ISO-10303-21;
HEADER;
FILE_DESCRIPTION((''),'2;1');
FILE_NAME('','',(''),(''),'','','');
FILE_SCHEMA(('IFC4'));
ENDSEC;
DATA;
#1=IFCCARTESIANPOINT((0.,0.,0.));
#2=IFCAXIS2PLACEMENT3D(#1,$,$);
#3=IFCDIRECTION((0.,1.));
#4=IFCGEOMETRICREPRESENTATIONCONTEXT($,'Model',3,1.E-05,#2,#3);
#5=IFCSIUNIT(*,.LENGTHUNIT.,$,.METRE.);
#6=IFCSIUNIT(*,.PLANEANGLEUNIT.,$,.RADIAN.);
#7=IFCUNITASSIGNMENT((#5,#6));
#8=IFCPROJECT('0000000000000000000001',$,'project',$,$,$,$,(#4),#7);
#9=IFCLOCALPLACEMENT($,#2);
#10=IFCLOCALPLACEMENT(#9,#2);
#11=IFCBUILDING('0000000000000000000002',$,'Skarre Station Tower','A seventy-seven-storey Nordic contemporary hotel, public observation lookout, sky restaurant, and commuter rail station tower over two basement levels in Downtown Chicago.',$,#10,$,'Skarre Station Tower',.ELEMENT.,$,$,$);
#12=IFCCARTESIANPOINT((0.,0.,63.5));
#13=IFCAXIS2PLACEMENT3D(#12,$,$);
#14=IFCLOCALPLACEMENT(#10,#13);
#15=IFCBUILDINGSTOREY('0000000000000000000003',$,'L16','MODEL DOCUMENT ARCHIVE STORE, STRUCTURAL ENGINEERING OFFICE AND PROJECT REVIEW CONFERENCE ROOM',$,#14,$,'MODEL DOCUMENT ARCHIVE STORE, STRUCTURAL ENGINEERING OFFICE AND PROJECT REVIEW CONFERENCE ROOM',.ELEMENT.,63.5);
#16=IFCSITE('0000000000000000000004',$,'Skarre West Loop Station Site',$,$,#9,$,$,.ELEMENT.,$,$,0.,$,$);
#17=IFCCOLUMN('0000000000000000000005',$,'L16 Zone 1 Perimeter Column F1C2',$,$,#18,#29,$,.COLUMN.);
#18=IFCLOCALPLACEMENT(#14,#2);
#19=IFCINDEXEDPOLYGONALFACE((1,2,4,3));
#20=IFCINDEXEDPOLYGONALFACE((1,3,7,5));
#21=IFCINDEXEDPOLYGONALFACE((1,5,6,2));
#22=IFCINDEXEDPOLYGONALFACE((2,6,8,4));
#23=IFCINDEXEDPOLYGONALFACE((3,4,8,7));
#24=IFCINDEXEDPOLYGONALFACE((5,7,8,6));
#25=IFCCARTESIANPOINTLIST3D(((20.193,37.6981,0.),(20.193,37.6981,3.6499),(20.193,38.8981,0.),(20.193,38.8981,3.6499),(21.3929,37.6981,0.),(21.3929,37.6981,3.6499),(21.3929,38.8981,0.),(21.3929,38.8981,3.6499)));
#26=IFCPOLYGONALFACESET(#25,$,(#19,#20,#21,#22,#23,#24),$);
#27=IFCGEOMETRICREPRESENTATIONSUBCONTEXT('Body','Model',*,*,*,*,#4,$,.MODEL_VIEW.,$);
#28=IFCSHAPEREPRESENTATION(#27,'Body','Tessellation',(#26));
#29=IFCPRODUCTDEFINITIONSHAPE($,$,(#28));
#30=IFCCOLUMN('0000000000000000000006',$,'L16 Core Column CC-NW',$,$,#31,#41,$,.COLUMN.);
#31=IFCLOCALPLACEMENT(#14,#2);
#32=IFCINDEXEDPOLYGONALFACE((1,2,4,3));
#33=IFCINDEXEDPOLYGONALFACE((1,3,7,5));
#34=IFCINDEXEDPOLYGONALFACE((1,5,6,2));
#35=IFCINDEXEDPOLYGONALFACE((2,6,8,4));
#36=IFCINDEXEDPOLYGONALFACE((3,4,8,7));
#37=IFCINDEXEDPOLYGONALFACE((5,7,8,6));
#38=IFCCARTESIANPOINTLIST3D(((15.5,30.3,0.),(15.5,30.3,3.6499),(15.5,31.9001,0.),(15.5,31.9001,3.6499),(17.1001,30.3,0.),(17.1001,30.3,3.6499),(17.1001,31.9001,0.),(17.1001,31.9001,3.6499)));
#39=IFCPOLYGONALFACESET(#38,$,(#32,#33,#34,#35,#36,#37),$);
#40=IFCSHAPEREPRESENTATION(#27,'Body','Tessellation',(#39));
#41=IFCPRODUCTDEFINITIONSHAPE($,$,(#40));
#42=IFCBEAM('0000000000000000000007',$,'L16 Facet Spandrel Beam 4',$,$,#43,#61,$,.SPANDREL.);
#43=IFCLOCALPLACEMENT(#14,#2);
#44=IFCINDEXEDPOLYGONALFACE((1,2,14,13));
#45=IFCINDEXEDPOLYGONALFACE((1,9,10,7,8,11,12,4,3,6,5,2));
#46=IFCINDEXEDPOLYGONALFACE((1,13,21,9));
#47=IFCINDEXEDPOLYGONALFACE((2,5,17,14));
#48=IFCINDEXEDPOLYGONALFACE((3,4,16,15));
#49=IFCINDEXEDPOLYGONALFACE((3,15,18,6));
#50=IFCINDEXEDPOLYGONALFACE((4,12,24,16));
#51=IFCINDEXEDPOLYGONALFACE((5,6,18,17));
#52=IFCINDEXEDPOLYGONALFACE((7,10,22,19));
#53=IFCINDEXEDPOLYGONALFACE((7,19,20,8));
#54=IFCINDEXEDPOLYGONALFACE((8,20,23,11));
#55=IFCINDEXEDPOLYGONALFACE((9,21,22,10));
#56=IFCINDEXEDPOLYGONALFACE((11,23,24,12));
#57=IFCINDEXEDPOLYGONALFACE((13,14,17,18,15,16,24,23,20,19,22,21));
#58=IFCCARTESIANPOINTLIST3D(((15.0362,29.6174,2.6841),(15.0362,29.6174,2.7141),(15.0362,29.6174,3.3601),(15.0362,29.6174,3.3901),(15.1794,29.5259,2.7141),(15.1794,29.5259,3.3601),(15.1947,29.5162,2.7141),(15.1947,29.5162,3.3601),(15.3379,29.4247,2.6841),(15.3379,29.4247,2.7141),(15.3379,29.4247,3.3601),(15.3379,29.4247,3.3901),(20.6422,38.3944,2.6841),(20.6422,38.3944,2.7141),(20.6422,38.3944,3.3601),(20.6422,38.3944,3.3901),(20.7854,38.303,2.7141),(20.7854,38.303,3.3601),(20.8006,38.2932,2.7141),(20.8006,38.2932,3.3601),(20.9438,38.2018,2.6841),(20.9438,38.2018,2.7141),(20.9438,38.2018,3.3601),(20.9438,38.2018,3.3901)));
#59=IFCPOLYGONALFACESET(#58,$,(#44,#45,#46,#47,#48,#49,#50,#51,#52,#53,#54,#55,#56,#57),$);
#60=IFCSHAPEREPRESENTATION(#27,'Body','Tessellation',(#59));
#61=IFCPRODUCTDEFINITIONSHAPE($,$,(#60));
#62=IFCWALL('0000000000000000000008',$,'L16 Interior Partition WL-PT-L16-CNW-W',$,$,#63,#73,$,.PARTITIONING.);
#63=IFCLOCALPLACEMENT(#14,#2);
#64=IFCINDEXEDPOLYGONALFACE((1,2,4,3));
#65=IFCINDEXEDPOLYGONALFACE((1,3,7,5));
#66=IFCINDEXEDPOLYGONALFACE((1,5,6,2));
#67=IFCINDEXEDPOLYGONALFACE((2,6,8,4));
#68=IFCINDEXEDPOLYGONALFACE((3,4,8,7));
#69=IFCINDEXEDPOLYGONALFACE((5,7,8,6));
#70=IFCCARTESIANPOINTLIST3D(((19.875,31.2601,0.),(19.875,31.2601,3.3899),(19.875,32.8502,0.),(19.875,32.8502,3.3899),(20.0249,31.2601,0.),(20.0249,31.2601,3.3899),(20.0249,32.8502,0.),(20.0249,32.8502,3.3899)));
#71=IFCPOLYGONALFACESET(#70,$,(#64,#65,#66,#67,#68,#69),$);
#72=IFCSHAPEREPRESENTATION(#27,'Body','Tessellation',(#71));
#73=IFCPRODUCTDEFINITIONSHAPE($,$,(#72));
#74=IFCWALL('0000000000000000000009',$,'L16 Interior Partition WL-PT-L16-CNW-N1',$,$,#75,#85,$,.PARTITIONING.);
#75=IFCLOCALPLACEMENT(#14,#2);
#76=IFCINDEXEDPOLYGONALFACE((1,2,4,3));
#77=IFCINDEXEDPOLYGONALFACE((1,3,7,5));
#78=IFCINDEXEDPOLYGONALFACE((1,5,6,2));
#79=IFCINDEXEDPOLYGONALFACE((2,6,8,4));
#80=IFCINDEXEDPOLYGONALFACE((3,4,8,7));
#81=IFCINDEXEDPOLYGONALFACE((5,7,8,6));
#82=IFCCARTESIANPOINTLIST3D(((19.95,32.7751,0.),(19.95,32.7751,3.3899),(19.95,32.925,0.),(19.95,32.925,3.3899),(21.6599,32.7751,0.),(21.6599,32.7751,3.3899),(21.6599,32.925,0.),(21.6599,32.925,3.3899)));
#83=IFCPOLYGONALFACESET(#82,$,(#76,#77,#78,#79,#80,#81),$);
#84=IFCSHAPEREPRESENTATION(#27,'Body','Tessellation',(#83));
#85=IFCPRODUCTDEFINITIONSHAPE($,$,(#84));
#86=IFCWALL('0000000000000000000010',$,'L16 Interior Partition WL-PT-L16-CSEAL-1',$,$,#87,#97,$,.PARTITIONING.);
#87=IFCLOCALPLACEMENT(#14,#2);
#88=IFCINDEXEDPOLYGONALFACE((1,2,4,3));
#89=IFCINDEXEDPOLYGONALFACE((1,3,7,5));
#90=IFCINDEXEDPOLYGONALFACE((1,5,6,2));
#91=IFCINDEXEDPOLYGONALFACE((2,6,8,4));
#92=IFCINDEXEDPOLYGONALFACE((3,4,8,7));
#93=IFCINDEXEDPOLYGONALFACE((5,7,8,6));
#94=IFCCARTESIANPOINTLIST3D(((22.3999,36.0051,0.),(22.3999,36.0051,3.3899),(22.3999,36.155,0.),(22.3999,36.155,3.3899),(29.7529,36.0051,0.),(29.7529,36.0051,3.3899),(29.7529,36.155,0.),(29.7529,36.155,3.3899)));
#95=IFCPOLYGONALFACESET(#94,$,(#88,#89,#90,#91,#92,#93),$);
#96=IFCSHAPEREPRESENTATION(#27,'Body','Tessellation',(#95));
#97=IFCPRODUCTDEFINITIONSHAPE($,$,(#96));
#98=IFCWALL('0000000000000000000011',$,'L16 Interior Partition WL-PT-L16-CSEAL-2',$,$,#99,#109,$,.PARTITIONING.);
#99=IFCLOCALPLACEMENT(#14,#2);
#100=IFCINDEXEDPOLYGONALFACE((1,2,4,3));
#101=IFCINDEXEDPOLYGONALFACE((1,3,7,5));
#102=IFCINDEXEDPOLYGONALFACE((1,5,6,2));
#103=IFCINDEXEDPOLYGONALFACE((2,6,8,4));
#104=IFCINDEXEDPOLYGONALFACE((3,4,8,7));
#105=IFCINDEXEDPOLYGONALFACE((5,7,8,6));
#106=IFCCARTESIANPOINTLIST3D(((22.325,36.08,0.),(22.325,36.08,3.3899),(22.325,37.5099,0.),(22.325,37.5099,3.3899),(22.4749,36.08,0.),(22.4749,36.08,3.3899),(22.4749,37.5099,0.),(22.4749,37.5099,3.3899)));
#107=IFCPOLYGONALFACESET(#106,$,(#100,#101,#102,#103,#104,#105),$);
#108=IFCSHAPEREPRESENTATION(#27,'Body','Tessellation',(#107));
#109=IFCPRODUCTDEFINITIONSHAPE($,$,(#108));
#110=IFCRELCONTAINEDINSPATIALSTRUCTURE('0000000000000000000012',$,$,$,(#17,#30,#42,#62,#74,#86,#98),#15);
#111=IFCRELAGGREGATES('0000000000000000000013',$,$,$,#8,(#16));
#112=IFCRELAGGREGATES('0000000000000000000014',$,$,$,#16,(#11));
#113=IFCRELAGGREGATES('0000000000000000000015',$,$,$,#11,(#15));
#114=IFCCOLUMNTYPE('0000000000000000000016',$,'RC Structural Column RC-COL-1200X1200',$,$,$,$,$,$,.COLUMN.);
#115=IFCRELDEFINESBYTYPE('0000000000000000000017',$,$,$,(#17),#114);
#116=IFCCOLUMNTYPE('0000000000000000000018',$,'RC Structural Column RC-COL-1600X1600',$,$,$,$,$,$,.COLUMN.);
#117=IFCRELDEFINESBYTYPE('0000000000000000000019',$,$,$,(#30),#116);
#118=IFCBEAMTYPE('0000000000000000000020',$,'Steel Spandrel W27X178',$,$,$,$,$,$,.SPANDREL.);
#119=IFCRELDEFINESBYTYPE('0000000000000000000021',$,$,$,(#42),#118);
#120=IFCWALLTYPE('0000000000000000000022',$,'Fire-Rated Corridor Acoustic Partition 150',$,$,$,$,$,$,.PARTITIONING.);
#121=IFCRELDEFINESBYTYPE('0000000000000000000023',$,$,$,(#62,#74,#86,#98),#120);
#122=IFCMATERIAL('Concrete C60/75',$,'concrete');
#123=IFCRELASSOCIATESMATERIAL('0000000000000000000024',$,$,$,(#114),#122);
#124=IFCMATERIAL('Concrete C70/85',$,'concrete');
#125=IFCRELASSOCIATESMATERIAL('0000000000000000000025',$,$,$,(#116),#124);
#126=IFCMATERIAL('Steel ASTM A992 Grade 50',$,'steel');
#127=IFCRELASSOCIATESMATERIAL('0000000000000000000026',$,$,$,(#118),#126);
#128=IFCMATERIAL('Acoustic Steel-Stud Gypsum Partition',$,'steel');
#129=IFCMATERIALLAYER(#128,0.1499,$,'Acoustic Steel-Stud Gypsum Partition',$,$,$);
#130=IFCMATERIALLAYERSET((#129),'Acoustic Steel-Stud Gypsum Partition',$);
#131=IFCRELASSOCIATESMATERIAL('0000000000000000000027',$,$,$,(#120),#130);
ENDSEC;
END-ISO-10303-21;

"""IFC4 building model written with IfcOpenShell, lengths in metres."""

from ifc_helpers import new_model, si_unit, direction, frame, frame_2d, origin, origin_2d, place, context, subcontext, project, spatial, rectangle, i_section, extrude, material, layer, layer_set, material_profile, profile_set, type_object, element, save


model = new_model("IFC4")

# Units and contexts
model_context = context("Model", 3, precision=1e-05, world=origin(), true_north=direction((0.0, 1.0)))
body_context = subcontext(model_context, "Body", "Model", "MODEL_VIEW")
ifc_project = project(units=[si_unit("LENGTHUNIT", "METRE"), si_unit("PLANEANGLEUNIT", "RADIAN")], contexts=[model_context])

# Site, building, storey
site_placement = place(None, origin())
site = spatial("IfcSite", under=ifc_project, at=site_placement, Name="Skarre West Loop Station Site", CompositionType="ELEMENT", RefElevation=0.0)
building_placement = place(site_placement, origin())
building = spatial("IfcBuilding", under=site, at=building_placement, Name="Skarre Station Tower", Description="A seventy-seven-storey Nordic contemporary hotel, public observation lookout, sky restaurant, and commuter rail station tower over two basement levels in Downtown Chicago.", LongName="Skarre Station Tower", CompositionType="ELEMENT")
storey_placement = place(building_placement, frame((0.0, 0.0, 63.5)))
storey = spatial("IfcBuildingStorey", under=building, at=storey_placement, Name="L16", Description="MODEL DOCUMENT ARCHIVE STORE, STRUCTURAL ENGINEERING OFFICE AND PROJECT REVIEW CONFERENCE ROOM", LongName="MODEL DOCUMENT ARCHIVE STORE, STRUCTURAL ENGINEERING OFFICE AND PROJECT REVIEW CONFERENCE ROOM", CompositionType="ELEMENT", Elevation=63.5)

# Columns
ifc_material_1 = material(Name="Concrete C60/75", Category="concrete")
ifc_material_profile_1 = material_profile(ifc_material_1, rectangle(XDim=1.2, YDim=1.2, at=origin_2d()), Name="Concrete C60/75")
ifc_profile_set_1 = profile_set([ifc_material_profile_1], Name="Concrete C60/75")
column_type_1 = type_object("IfcColumnType", Name="RC Structural Column RC-COL-1200X1200", PredefinedType="COLUMN", material=ifc_profile_set_1)
column_1_placement = place(storey_placement, frame((20.793, 38.2981, 0.0), z_axis=(0.0, 0.0, 1.0), x_axis=(1.0, 0.0, 0.0)))
element("IfcColumn", 1, at=column_1_placement, inside=storey, type_object=column_type_1, Name="L16 Zone 1 Perimeter Column F1C2", PredefinedType="COLUMN", context=body_context, shape_type="SweptSolid", body=[
    extrude(rectangle(XDim=1.2, YDim=1.2, at=origin_2d()), origin(), (0.0, 0.0, 1.0), 3.6499),
])
ifc_material_2 = material(Name="Concrete C70/85", Category="concrete")
ifc_material_profile_2 = material_profile(ifc_material_2, rectangle(XDim=1.6001, YDim=1.6001, at=origin_2d()), Name="Concrete C70/85")
ifc_profile_set_2 = profile_set([ifc_material_profile_2], Name="Concrete C70/85")
column_type_2 = type_object("IfcColumnType", Name="RC Structural Column RC-COL-1600X1600", PredefinedType="COLUMN", material=ifc_profile_set_2)
column_2_placement = place(storey_placement, frame((16.3, 31.1001, 0.0), z_axis=(0.0, 0.0, 1.0), x_axis=(1.0, 0.0, 0.0)))
element("IfcColumn", 2, at=column_2_placement, inside=storey, type_object=column_type_2, Name="L16 Core Column CC-NW", PredefinedType="COLUMN", context=body_context, shape_type="SweptSolid", body=[
    extrude(rectangle(XDim=1.6001, YDim=1.6001, at=origin_2d()), origin(), (0.0, 0.0, 1.0), 3.6499),
])

# Beam
ifc_material_3 = material(Name="Steel ASTM A992 Grade 50", Category="steel")
ifc_material_profile_3 = material_profile(ifc_material_3, i_section(OverallWidth=0.3579, OverallDepth=0.7061, WebThickness=0.0181, FlangeThickness=0.03, at=origin_2d()), Name="Steel ASTM A992 Grade 50")
ifc_profile_set_3 = profile_set([ifc_material_profile_3], Name="Steel ASTM A992 Grade 50")
beam_type = type_object("IfcBeamType", Name="Steel Spandrel W27X178", PredefinedType="SPANDREL", material=ifc_profile_set_3)
beam_placement = place(storey_placement, frame((20.793, 38.2981, 3.0371), z_axis=(-0.538278, -0.842767, 0.0), x_axis=(0.842767, -0.538278, 0.0)))
element("IfcBeam", 3, at=beam_placement, inside=storey, type_object=beam_type, Name="L16 Facet Spandrel Beam 4", PredefinedType="SPANDREL", context=body_context, shape_type="SweptSolid", body=[
    extrude(i_section(OverallWidth=0.3579, OverallDepth=0.7061, WebThickness=0.0181, FlangeThickness=0.03, at=origin_2d()), origin(), (0.0, 0.0, 1.0), 10.4146),
])

# Walls
ifc_material_4 = material(Name="Acoustic Steel-Stud Gypsum Partition", Category="steel")
ifc_layer_1 = layer(ifc_material_4, 0.1499, Name="Acoustic Steel-Stud Gypsum Partition")
ifc_layer_set_1 = layer_set([ifc_layer_1], Name="Acoustic Steel-Stud Gypsum Partition")
wall_type_1 = type_object("IfcWallType", Name="Fire-Rated Corridor Acoustic Partition 150", PredefinedType="PARTITIONING", material=ifc_layer_set_1)
wall_1_placement = place(storey_placement, frame((19.95, 32.8501, 0.0), z_axis=(0.0, 0.0, 1.0), x_axis=(0.0, -1.0, 0.0)))
element("IfcWall", 4, at=wall_1_placement, inside=storey, type_object=wall_type_1, Name="L16 Interior Partition WL-PT-L16-CNW-W", PredefinedType="PARTITIONING", context=body_context, shape_type="SweptSolid", body=[
    extrude(rectangle(XDim=1.5901, YDim=0.1499, at=frame_2d((0.7949, 0.0))), origin(), (0.0, 0.0, 1.0), 3.3899),
])
wall_2_placement = place(storey_placement, frame((21.6599, 32.8501, 0.0), z_axis=(0.0, 0.0, 1.0), x_axis=(-1.0, 0.0, 0.0)))
element("IfcWall", 5, at=wall_2_placement, inside=storey, type_object=wall_type_1, Name="L16 Interior Partition WL-PT-L16-CNW-N1", PredefinedType="PARTITIONING", context=body_context, shape_type="SweptSolid", body=[
    extrude(rectangle(XDim=1.71, YDim=0.1499, at=frame_2d((0.855, 0.0))), origin(), (0.0, 0.0, 1.0), 3.3899),
])
wall_3_placement = place(storey_placement, frame((29.7529, 36.0801, 0.0), z_axis=(0.0, 0.0, 1.0), x_axis=(-1.0, 0.0, 0.0)))
element("IfcWall", 6, at=wall_3_placement, inside=storey, type_object=wall_type_1, Name="L16 Interior Partition WL-PT-L16-CSEAL-1", PredefinedType="PARTITIONING", context=body_context, shape_type="SweptSolid", body=[
    extrude(rectangle(XDim=7.353, YDim=0.1499, at=frame_2d((3.6765, 0.0))), origin(), (0.0, 0.0, 1.0), 3.3899),
])
wall_4_placement = place(storey_placement, frame((22.3999, 36.0801, 0.0), z_axis=(0.0, 0.0, 1.0), x_axis=(0.0, 1.0, 0.0)))
element("IfcWall", 7, at=wall_4_placement, inside=storey, type_object=wall_type_1, Name="L16 Interior Partition WL-PT-L16-CSEAL-2", PredefinedType="PARTITIONING", context=body_context, shape_type="SweptSolid", body=[
    extrude(rectangle(XDim=1.4299, YDim=0.1499, at=frame_2d((0.7148, 0.0))), origin(), (0.0, 0.0, 1.0), 3.3899),
])

save(model, "model.ifc")
